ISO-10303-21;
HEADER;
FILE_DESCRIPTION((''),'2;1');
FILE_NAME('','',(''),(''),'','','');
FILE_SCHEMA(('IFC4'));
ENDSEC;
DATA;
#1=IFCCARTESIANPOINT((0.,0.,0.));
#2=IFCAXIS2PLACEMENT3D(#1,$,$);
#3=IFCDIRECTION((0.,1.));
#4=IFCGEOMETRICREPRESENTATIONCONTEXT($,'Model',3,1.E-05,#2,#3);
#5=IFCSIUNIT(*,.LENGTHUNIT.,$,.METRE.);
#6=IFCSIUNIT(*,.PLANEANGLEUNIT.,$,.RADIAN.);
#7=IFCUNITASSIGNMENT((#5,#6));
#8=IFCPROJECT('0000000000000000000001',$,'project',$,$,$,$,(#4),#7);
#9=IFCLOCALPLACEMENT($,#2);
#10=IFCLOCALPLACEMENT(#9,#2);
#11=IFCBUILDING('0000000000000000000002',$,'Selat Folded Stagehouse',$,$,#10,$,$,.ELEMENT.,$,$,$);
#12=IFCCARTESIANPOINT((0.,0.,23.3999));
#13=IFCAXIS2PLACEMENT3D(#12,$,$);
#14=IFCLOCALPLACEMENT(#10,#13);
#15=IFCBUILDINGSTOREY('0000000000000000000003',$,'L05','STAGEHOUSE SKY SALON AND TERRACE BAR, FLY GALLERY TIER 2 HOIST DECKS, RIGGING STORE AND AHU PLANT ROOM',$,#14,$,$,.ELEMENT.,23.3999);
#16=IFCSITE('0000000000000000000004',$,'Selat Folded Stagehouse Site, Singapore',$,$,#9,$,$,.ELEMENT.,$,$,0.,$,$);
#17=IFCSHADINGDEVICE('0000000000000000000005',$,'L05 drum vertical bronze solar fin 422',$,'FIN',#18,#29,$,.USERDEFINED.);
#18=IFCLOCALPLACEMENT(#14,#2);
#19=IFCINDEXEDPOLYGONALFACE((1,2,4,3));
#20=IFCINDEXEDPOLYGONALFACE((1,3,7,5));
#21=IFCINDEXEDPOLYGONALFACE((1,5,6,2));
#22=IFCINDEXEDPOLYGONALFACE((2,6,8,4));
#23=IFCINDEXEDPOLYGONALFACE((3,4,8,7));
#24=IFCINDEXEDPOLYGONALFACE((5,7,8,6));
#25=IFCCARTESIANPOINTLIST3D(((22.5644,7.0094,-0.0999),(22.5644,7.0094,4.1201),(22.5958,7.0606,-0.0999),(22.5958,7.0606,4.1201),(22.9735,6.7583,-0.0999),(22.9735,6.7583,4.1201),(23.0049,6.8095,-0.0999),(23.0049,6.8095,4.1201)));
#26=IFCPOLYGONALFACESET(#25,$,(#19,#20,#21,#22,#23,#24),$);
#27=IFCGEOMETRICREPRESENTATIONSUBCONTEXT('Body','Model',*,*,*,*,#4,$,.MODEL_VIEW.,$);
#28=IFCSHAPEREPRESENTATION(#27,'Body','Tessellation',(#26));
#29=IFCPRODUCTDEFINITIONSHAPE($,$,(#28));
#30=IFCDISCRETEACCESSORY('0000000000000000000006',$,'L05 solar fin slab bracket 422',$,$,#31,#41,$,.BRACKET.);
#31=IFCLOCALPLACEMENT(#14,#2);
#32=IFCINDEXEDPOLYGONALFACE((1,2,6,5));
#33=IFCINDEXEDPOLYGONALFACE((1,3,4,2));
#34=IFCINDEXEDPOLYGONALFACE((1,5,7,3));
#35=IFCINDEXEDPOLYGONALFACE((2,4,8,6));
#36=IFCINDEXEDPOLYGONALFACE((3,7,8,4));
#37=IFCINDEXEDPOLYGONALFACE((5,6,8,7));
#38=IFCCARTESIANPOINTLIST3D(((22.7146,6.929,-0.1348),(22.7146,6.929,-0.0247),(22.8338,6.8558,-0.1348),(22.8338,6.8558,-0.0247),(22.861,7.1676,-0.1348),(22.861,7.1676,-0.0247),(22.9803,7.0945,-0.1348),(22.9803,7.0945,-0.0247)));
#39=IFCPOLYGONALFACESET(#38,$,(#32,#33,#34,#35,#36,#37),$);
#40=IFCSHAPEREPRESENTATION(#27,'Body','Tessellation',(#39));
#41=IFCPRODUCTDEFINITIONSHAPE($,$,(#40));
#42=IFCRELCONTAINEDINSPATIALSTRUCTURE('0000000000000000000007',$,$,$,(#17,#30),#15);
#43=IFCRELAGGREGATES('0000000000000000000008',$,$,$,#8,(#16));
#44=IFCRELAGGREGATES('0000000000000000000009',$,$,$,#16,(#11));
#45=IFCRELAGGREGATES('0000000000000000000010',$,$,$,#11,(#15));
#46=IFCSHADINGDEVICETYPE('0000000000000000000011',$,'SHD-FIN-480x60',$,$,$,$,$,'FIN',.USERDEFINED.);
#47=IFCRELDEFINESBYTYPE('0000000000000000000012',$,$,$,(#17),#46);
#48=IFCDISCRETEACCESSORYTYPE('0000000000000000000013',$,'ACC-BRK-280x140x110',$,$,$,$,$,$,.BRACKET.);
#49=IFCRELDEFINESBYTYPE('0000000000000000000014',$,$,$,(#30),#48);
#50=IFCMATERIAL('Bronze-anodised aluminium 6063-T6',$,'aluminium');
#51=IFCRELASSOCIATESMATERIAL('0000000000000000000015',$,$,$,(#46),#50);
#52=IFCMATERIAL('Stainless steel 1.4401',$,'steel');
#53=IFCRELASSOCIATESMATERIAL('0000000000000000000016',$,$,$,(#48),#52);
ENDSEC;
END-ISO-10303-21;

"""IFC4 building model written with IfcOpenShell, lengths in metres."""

from ifc_helpers import new_model, si_unit, direction, frame, origin, origin_2d, place, context, subcontext, project, spatial, rectangle, extrude, material, material_profile, profile_set, type_object, element, save


model = new_model("IFC4")

# Units and contexts
model_context = context("Model", 3, precision=1e-05, world=origin(), true_north=direction((0.0, 1.0)))
body_context = subcontext(model_context, "Body", "Model", "MODEL_VIEW")
ifc_project = project(units=[si_unit("LENGTHUNIT", "METRE"), si_unit("PLANEANGLEUNIT", "RADIAN")], contexts=[model_context])

# Site, building, storey
site_placement = place(None, origin())
site = spatial("IfcSite", under=ifc_project, at=site_placement, Name="Selat Folded Stagehouse Site, Singapore", CompositionType="ELEMENT", RefElevation=0.0)
building_placement = place(site_placement, origin())
building = spatial("IfcBuilding", under=site, at=building_placement, Name="Selat Folded Stagehouse", CompositionType="ELEMENT")
storey_placement = place(building_placement, frame((0.0, 0.0, 23.3999)))
storey = spatial("IfcBuildingStorey", under=building, at=storey_placement, Name="L05", Description="STAGEHOUSE SKY SALON AND TERRACE BAR, FLY GALLERY TIER 2 HOIST DECKS, RIGGING STORE AND AHU PLANT ROOM", CompositionType="ELEMENT", Elevation=23.3999)

# Shading device
ifc_material_1 = material(Name="Bronze-anodised aluminium 6063-T6", Category="aluminium")
ifc_material_profile_1 = material_profile(ifc_material_1, rectangle(XDim=0.0601, YDim=0.48, at=origin_2d()), Name="SOLAR-FIN 480x60")
ifc_profile_set_1 = profile_set([ifc_material_profile_1], Name="Bronze-anodised aluminium 6063-T6")
shading_device_type = type_object("IfcShadingDeviceType", Name="SHD-FIN-480x60", ElementType="FIN", PredefinedType="USERDEFINED", material=ifc_profile_set_1)
shading_device_placement = place(storey_placement, frame((22.7847, 6.9094, -0.0999), z_axis=(0.0, 0.0, 1.0), x_axis=(-0.523094, -0.852275, 0.0)))
element("IfcShadingDevice", 1, at=shading_device_placement, inside=storey, type_object=shading_device_type, Name="L05 drum vertical bronze solar fin 422", ObjectType="FIN", PredefinedType="USERDEFINED", context=body_context, shape_type="SweptSolid", body=[
    extrude(rectangle(XDim=0.0601, YDim=0.48, at=origin_2d()), origin(), (0.0, 0.0, 1.0), 4.22),
])

# Discrete accessory
ifc_material_2 = material(Name="Stainless steel 1.4401", Category="steel")
discrete_accessory_type = type_object("IfcDiscreteAccessoryType", Name="ACC-BRK-280x140x110", PredefinedType="BRACKET", material=ifc_material_2)
discrete_accessory_placement = place(storey_placement, frame((22.8474, 7.0117, -0.1348), z_axis=(0.0, 0.0, 1.0), x_axis=(-0.523094, -0.852275, 0.0)))
element("IfcDiscreteAccessory", 2, at=discrete_accessory_placement, inside=storey, type_object=discrete_accessory_type, Name="L05 solar fin slab bracket 422", PredefinedType="BRACKET", context=body_context, shape_type="SweptSolid", body=[
    extrude(rectangle(XDim=0.28, YDim=0.1399, at=origin_2d()), origin(), (0.0, 0.0, 1.0), 0.1101),
])

save(model, "model.ifc")
